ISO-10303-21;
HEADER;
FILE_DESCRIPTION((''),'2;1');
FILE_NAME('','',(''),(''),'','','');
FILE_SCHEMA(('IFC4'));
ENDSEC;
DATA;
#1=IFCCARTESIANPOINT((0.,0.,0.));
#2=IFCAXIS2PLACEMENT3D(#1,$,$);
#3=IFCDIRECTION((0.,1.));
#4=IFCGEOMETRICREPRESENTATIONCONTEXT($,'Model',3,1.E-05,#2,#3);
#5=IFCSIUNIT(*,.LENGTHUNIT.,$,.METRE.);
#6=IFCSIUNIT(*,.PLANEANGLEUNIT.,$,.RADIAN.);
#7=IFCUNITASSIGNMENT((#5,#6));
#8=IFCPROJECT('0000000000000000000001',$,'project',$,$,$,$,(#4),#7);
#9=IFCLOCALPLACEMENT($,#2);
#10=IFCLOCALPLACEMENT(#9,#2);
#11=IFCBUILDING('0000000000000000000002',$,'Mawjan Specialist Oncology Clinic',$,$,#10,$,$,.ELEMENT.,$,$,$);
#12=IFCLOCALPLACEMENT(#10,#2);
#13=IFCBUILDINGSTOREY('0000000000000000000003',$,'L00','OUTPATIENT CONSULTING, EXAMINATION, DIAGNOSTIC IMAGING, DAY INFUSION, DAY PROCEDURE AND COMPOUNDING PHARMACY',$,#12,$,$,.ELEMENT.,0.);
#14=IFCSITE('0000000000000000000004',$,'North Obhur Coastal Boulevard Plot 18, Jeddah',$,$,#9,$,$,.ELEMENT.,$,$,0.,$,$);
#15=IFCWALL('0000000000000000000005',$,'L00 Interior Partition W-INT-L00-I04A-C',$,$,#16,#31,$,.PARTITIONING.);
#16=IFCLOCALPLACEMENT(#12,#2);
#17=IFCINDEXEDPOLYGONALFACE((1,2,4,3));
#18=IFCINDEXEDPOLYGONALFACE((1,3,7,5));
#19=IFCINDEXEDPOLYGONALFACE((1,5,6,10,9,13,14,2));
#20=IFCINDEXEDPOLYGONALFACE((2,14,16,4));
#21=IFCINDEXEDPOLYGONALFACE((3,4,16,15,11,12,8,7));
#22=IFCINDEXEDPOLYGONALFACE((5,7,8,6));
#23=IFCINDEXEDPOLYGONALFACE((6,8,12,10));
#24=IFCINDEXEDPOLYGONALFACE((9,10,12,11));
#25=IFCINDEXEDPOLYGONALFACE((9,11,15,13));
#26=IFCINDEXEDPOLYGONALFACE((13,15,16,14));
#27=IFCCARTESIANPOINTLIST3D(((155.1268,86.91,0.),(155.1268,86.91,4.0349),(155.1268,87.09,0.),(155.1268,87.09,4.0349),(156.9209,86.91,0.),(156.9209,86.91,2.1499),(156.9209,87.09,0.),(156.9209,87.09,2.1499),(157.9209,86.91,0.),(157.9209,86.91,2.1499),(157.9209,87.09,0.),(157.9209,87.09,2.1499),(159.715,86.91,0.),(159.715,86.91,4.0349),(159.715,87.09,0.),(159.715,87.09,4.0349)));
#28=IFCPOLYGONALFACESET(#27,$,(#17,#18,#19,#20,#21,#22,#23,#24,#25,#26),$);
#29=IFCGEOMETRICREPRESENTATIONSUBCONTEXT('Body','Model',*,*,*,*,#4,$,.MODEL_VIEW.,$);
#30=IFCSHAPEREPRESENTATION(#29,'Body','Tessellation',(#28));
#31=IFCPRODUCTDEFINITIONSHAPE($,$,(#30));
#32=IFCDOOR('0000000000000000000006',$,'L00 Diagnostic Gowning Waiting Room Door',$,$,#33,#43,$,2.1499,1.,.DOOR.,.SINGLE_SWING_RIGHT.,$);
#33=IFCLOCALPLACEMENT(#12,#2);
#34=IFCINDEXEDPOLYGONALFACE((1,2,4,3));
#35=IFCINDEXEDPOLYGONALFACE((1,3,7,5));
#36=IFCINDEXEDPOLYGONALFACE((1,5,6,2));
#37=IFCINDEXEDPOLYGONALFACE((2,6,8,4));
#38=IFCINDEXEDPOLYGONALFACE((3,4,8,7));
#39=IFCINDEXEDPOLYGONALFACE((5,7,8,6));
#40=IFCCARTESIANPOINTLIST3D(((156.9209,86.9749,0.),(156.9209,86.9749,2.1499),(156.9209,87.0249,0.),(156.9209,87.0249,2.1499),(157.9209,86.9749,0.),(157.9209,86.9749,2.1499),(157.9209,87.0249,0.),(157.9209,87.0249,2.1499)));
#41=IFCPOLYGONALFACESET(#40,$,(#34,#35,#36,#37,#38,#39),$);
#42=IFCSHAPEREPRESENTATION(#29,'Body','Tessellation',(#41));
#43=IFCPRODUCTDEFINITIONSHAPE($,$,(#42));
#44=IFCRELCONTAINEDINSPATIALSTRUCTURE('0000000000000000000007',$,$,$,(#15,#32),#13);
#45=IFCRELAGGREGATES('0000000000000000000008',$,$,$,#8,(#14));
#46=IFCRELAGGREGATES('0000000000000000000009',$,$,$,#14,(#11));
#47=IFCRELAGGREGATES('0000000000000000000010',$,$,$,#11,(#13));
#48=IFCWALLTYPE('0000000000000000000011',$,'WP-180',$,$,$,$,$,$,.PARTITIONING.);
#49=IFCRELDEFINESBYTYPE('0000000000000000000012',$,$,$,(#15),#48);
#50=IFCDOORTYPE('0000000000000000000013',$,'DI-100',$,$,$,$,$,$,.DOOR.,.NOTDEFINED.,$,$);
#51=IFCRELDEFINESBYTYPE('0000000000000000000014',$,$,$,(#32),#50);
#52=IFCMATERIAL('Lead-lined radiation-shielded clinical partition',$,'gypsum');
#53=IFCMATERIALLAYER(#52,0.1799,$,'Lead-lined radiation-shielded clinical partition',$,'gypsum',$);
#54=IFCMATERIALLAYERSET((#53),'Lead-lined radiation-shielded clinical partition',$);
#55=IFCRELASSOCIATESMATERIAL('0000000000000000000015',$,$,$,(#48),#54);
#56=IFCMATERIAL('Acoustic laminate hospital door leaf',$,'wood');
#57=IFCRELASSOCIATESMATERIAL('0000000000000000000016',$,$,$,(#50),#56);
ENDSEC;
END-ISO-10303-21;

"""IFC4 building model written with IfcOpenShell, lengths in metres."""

from ifc_helpers import new_model, si_unit, direction, frame, frame_2d, origin, place, context, subcontext, project, spatial, rectangle, extrude, material, layer, layer_set, type_object, element, fill, save


model = new_model("IFC4")

# Units and contexts
model_context = context("Model", 3, precision=1e-05, world=origin(), true_north=direction((0.0, 1.0)))
body_context = subcontext(model_context, "Body", "Model", "MODEL_VIEW")
ifc_project = project(units=[si_unit("LENGTHUNIT", "METRE"), si_unit("PLANEANGLEUNIT", "RADIAN")], contexts=[model_context])

# Site, building, storey
site_placement = place(None, origin())
site = spatial("IfcSite", under=ifc_project, at=site_placement, Name="North Obhur Coastal Boulevard Plot 18, Jeddah", CompositionType="ELEMENT", RefElevation=0.0)
building_placement = place(site_placement, origin())
building = spatial("IfcBuilding", under=site, at=building_placement, Name="Mawjan Specialist Oncology Clinic", CompositionType="ELEMENT")
storey_placement = place(building_placement, origin())
storey = spatial("IfcBuildingStorey", under=building, at=storey_placement, Name="L00", Description="OUTPATIENT CONSULTING, EXAMINATION, DIAGNOSTIC IMAGING, DAY INFUSION, DAY PROCEDURE AND COMPOUNDING PHARMACY", CompositionType="ELEMENT", Elevation=0.0)

# Wall, opening, door
ifc_material_1 = material(Name="Lead-lined radiation-shielded clinical partition", Category="gypsum")
ifc_layer_1 = layer(ifc_material_1, 0.1799, Name="Lead-lined radiation-shielded clinical partition", Category="gypsum")
ifc_layer_set_1 = layer_set([ifc_layer_1], Name="Lead-lined radiation-shielded clinical partition")
wall_type_1 = type_object("IfcWallType", Name="WP-180", PredefinedType="PARTITIONING", material=ifc_layer_set_1)
wall_1_placement = place(storey_placement, frame((155.127, 87.0, 0.0), z_axis=(0.0, 0.0, 1.0), x_axis=(1.0, 0.0, 0.0)))
wall_1 = element("IfcWall", 1, at=wall_1_placement, inside=storey, type_object=wall_type_1, Name="L00 Interior Partition W-INT-L00-I04A-C", PredefinedType="PARTITIONING", context=body_context, shape_type="SweptSolid", body=[
    extrude(rectangle(XDim=4.5881, YDim=0.1799, at=frame_2d((2.2939, 0.0))), origin(), (0.0, 0.0, 1.0), 4.0349),
])
opening_1_placement = place(wall_1_placement, frame((1.7939, 0.0, 0.0)))
opening_1 = element("IfcOpeningElement", 2, at=opening_1_placement, cuts=wall_1, PredefinedType="OPENING", context=body_context, shape_type="SweptSolid", body=[
    extrude(rectangle(XDim=1.0, YDim=2.1499, at=frame_2d((0.5, 1.075))), frame((0.0, 0.1021, 0.0), z_axis=(0.0, -1.0, 0.0), x_axis=(1.0, 0.0, 0.0)), (0.0, 0.0, 1.0), 0.2039),
])
ifc_material_2 = material(Name="Acoustic laminate hospital door leaf", Category="wood")
door_type_1 = type_object("IfcDoorType", Name="DI-100", OperationType="NOTDEFINED", PredefinedType="DOOR", material=ifc_material_2)
door_1_placement = place(opening_1_placement, origin())
door_1 = element("IfcDoor", 3, at=door_1_placement, inside=storey, type_object=door_type_1, Name="L00 Diagnostic Gowning Waiting Room Door", OperationType="SINGLE_SWING_RIGHT", OverallHeight=2.1499, OverallWidth=1.0, PredefinedType="DOOR", context=body_context, shape_type="SweptSolid", body=[
    extrude(rectangle(XDim=1.0, YDim=2.1499, at=frame_2d((0.5, 1.075))), frame((0.0, 0.0249, 0.0), z_axis=(0.0, -1.0, 0.0), x_axis=(1.0, 0.0, 0.0)), (0.0, 0.0, 1.0), 0.05),
])
fill(opening_1, door_1)

save(model, "model.ifc")
